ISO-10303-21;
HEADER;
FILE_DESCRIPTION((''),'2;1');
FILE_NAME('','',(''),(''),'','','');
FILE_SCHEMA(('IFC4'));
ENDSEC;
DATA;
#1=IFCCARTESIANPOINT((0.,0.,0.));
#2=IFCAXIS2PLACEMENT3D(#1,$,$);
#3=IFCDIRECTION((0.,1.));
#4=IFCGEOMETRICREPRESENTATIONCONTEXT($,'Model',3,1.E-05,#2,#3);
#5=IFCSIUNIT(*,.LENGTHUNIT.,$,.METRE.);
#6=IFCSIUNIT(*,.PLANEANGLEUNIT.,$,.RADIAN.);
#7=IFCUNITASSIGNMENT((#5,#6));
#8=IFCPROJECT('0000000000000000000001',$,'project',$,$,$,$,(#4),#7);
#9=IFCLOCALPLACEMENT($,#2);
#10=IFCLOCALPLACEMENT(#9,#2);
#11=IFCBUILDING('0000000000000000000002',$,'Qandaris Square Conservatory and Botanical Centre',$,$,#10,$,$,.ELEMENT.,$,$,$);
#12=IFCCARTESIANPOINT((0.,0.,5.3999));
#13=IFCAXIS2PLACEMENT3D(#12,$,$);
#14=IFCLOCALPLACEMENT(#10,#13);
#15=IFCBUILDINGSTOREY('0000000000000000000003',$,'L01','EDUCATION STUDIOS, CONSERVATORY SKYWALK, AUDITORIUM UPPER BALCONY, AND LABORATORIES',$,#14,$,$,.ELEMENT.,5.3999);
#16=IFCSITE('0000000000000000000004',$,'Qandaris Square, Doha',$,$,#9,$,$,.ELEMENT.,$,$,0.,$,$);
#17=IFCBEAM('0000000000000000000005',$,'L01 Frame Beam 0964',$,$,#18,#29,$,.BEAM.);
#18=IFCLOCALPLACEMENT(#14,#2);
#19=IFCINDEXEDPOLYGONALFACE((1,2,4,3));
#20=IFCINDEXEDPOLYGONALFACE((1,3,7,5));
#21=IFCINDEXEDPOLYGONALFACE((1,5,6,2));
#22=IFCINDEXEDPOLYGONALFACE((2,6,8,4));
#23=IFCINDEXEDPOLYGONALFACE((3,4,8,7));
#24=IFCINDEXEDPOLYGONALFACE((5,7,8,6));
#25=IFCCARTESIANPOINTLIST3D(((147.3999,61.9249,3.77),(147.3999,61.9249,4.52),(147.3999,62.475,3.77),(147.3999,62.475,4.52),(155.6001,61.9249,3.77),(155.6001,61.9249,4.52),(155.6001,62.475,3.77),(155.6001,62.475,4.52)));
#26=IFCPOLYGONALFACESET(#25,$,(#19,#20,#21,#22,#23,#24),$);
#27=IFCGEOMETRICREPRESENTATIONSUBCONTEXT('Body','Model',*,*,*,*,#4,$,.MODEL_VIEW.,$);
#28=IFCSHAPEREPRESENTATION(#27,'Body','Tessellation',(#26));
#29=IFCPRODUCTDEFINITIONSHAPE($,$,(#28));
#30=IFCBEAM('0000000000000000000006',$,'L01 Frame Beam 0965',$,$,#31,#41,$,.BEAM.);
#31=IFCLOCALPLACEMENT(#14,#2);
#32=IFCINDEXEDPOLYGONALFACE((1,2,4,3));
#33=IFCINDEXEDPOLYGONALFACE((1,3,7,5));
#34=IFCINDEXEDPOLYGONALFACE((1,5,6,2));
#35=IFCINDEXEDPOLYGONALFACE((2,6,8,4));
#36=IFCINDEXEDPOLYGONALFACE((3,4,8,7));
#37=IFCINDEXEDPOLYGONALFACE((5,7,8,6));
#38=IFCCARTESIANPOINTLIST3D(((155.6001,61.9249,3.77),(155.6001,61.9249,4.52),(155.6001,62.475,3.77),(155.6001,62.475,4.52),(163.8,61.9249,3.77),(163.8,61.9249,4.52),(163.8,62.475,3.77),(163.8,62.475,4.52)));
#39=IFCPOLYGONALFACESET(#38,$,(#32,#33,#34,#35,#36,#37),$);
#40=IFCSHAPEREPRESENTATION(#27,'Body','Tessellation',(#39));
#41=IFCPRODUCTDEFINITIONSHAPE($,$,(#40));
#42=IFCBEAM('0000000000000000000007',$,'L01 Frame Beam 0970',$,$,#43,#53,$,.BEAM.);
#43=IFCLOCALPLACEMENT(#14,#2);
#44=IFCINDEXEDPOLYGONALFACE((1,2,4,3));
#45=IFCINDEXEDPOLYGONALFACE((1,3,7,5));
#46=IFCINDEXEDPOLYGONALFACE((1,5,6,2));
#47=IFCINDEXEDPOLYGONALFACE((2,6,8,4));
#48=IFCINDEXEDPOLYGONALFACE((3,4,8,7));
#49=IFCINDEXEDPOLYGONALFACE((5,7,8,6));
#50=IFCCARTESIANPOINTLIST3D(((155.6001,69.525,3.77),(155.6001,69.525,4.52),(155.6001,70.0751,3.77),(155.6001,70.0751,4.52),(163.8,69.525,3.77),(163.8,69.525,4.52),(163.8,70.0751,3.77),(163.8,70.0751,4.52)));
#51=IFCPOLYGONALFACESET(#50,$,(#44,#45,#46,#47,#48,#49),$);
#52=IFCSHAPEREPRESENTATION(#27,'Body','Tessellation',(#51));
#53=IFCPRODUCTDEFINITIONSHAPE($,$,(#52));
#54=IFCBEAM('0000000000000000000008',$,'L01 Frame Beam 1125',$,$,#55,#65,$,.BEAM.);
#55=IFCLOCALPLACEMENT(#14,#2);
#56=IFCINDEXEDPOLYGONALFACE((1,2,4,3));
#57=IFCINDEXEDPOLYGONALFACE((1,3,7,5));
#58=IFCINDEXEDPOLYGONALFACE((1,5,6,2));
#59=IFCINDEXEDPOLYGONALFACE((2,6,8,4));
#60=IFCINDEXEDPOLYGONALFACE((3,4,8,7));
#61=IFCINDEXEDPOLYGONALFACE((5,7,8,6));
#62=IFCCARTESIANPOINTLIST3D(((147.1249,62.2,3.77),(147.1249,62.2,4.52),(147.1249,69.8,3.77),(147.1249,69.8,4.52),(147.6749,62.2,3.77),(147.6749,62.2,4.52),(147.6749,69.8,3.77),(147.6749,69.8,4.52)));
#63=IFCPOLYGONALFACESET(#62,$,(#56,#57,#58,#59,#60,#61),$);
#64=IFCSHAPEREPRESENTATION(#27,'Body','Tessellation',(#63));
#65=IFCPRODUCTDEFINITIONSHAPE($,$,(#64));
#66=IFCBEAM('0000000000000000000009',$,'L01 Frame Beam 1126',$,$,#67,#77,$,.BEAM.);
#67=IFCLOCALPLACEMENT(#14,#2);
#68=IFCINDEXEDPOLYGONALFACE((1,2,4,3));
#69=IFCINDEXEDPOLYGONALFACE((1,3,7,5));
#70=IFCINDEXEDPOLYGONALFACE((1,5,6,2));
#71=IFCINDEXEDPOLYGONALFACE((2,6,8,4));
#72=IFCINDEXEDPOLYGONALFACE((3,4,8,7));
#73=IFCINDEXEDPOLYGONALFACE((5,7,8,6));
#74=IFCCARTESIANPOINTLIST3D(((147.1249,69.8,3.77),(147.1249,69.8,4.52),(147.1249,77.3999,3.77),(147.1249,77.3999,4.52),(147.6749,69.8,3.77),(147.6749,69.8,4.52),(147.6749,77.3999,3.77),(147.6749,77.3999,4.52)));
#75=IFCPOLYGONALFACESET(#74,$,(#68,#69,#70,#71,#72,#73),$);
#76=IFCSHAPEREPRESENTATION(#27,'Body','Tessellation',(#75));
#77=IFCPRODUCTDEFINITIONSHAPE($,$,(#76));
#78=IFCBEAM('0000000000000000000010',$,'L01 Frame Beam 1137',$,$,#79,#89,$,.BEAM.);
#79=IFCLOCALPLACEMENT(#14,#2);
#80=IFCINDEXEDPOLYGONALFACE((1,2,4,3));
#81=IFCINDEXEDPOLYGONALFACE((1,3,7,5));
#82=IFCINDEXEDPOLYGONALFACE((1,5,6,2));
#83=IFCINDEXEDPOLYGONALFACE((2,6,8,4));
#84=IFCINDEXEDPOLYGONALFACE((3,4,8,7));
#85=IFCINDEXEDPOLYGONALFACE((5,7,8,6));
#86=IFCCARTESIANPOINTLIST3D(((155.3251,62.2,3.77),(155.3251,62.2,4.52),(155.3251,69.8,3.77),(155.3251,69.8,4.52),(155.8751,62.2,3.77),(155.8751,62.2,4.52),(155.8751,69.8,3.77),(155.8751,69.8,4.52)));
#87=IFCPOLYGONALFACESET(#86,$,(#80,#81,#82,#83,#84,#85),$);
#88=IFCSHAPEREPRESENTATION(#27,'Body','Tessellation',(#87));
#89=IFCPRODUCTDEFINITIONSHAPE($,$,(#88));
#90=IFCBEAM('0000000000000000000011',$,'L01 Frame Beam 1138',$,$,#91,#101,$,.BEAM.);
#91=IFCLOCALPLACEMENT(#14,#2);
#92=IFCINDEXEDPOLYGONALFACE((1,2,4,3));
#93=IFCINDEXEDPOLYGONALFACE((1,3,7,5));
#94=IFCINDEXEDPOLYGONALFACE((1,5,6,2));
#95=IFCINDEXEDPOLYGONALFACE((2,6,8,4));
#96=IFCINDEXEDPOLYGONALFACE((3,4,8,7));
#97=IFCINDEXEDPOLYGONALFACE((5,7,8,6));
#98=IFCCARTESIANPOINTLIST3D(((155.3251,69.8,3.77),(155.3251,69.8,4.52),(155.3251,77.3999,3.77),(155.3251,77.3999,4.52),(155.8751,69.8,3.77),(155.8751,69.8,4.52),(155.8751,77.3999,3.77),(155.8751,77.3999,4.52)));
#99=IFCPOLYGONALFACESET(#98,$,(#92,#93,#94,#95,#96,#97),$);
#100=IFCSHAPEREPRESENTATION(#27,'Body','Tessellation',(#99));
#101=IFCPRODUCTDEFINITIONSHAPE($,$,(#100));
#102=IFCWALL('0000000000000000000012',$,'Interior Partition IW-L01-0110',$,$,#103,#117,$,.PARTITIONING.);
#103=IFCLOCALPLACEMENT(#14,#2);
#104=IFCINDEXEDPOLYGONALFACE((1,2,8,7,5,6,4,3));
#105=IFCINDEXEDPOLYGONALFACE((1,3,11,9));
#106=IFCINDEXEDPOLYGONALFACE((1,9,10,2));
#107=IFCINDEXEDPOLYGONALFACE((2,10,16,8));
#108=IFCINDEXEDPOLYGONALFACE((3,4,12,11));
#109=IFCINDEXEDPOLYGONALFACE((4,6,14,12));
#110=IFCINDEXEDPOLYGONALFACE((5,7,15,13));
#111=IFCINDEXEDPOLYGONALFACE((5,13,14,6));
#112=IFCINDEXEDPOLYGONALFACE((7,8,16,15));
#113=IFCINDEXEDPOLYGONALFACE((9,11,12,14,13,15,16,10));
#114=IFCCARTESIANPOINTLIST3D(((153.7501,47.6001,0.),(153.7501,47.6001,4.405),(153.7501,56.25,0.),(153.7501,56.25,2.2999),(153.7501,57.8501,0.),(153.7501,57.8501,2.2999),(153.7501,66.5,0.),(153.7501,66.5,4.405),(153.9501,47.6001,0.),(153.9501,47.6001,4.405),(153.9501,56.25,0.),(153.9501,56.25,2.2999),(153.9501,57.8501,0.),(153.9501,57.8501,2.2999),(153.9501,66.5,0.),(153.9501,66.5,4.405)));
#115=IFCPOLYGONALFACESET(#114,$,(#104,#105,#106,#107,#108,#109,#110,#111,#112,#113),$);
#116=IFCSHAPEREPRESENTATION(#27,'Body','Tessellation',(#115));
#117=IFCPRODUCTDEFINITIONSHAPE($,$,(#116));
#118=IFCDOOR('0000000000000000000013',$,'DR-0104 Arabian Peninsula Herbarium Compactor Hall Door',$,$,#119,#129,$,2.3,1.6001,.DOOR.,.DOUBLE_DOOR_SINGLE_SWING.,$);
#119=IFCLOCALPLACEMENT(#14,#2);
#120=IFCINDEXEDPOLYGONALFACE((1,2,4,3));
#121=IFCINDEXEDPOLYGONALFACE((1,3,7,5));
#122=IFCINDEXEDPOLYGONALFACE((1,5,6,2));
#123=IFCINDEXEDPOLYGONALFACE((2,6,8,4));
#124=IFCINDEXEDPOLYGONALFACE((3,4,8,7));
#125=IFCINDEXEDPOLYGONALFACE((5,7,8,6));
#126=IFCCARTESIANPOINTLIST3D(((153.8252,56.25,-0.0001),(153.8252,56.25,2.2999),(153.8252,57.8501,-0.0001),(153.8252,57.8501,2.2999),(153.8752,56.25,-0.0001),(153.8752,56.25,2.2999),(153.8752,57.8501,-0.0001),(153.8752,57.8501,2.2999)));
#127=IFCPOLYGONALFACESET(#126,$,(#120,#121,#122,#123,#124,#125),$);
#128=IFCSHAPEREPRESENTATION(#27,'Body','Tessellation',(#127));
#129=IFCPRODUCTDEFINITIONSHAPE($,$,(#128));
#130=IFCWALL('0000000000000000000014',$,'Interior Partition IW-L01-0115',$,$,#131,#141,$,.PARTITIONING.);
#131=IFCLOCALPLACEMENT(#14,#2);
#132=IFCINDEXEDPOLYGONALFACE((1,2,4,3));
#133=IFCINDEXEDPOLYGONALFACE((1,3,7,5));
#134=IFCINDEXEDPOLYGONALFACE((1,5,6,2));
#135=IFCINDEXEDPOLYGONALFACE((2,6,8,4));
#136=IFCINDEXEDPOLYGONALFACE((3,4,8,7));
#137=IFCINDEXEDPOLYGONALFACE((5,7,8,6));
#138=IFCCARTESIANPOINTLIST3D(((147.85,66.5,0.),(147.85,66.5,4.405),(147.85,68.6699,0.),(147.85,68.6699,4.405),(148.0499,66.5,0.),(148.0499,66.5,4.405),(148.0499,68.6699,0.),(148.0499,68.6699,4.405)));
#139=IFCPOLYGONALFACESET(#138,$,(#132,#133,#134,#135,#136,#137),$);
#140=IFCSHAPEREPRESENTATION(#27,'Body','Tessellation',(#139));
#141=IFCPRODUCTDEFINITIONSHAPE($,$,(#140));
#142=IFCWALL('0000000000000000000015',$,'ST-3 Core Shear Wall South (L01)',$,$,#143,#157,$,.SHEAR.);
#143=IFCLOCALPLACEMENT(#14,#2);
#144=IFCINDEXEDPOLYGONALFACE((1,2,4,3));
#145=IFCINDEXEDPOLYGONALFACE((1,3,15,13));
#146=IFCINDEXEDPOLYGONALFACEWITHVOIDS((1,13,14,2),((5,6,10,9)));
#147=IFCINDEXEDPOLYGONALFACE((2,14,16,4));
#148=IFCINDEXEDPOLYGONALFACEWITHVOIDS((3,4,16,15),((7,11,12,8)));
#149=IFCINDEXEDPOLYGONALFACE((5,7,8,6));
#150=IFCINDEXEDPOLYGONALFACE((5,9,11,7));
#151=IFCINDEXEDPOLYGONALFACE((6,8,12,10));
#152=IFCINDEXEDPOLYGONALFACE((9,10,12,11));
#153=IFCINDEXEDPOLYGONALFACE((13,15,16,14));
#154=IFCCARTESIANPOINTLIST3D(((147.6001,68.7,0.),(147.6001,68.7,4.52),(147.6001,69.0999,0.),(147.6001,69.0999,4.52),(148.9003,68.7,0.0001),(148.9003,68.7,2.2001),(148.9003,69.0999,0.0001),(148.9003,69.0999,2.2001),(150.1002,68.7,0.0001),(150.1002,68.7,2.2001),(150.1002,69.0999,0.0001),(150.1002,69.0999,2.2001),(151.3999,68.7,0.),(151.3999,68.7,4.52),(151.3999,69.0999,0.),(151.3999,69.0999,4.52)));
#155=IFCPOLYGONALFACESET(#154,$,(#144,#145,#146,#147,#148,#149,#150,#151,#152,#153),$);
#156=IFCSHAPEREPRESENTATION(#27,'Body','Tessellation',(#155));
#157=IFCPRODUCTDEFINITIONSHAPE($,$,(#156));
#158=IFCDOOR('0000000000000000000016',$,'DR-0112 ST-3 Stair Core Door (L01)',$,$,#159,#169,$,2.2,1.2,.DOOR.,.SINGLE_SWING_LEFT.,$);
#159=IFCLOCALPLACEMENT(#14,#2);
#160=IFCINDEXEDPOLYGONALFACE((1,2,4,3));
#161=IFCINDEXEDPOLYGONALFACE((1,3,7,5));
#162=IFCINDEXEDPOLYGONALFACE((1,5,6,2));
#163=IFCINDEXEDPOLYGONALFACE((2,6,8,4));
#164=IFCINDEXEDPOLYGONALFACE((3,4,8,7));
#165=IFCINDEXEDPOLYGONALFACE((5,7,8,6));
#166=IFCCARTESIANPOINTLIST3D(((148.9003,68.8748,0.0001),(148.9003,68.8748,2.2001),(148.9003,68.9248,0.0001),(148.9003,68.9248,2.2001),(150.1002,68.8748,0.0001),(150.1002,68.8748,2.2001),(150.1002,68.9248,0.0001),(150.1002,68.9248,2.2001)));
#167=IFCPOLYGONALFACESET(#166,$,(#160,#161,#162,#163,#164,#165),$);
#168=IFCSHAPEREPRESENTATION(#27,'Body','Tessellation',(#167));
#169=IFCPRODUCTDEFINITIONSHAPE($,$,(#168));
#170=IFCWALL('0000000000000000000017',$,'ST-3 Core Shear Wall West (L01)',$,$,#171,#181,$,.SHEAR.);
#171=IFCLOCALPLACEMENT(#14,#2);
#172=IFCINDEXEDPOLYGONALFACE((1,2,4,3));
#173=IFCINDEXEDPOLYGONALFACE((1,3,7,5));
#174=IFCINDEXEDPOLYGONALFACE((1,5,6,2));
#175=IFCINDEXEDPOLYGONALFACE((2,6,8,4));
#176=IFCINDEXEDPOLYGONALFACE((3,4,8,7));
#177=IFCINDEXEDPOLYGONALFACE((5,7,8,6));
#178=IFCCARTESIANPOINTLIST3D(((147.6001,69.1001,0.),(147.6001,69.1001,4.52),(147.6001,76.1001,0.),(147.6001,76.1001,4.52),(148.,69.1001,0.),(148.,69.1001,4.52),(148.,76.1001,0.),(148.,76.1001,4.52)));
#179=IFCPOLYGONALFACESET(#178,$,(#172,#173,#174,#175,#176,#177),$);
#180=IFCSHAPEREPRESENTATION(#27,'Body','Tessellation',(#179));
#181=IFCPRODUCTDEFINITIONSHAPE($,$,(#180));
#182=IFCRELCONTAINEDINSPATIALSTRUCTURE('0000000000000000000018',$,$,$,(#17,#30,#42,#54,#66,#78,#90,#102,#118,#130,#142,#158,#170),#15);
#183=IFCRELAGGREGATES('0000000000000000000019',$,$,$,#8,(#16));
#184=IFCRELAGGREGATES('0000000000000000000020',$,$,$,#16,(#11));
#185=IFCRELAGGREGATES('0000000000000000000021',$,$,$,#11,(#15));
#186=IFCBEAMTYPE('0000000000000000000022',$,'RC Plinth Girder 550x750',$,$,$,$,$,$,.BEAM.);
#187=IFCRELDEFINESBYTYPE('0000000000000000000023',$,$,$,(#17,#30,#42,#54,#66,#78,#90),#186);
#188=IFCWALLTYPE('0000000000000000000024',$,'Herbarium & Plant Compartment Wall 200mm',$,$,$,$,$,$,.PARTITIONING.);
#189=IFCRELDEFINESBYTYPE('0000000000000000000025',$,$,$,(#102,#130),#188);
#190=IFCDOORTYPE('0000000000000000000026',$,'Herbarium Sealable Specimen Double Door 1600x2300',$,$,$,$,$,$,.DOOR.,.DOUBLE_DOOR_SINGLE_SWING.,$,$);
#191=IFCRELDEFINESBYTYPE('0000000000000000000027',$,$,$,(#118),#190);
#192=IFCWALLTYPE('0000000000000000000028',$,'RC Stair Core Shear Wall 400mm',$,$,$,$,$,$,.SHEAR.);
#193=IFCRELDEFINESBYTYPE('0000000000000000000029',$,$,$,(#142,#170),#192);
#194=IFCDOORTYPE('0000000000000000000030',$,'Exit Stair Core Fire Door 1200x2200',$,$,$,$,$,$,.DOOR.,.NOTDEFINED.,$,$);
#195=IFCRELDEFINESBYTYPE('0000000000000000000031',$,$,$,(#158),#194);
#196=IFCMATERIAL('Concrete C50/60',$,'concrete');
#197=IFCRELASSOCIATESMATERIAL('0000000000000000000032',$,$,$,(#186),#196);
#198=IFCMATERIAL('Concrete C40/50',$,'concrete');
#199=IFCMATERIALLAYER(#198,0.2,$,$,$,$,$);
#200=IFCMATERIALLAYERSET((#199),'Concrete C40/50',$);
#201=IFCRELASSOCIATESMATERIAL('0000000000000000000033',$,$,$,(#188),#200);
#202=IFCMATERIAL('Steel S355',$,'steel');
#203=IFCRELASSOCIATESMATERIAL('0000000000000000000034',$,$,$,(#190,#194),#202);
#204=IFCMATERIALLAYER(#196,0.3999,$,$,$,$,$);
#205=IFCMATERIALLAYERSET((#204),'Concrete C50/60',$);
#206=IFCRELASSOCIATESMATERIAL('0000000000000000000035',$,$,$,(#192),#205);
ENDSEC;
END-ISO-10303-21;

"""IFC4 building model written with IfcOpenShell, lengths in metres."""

from ifc_helpers import new_model, si_unit, direction, frame, frame_2d, origin, origin_2d, place, context, subcontext, project, spatial, rectangle, extrude, material, layer, layer_set, material_profile, profile_set, type_object, element, fill, save


model = new_model("IFC4")

# Units and contexts
model_context = context("Model", 3, precision=1e-05, world=origin(), true_north=direction((0.0, 1.0)))
body_context = subcontext(model_context, "Body", "Model", "MODEL_VIEW")
ifc_project = project(units=[si_unit("LENGTHUNIT", "METRE"), si_unit("PLANEANGLEUNIT", "RADIAN")], contexts=[model_context])

# Site, building, storey
site_placement = place(None, origin())
site = spatial("IfcSite", under=ifc_project, at=site_placement, Name="Qandaris Square, Doha", CompositionType="ELEMENT", RefElevation=0.0)
building_placement = place(site_placement, origin())
building = spatial("IfcBuilding", under=site, at=building_placement, Name="Qandaris Square Conservatory and Botanical Centre", CompositionType="ELEMENT")
storey_placement = place(building_placement, frame((0.0, 0.0, 5.3999)))
storey = spatial("IfcBuildingStorey", under=building, at=storey_placement, Name="L01", Description="EDUCATION STUDIOS, CONSERVATORY SKYWALK, AUDITORIUM UPPER BALCONY, AND LABORATORIES", CompositionType="ELEMENT", Elevation=5.3999)

# Shared definitions
ifc_material_1 = material(Name="Concrete C50/60", Category="concrete")

# Beams
ifc_material_2 = material(Name="Steel S355", Category="steel")
ifc_material_profile_1 = material_profile(ifc_material_1, rectangle(XDim=0.55, YDim=0.75, at=origin_2d()), Name="RC-BM 550x750")
ifc_profile_set_1 = profile_set([ifc_material_profile_1], Name="Concrete C50/60")
beam_type_1 = type_object("IfcBeamType", Name="RC Plinth Girder 550x750", PredefinedType="BEAM", material=ifc_profile_set_1)
beam_1_placement = place(storey_placement, frame((147.3999, 62.2, 4.145), z_axis=(1.0, 0.0, 0.0), x_axis=(0.0, 1.0, 0.0)))
element("IfcBeam", 1, at=beam_1_placement, inside=storey, type_object=beam_type_1, Name="L01 Frame Beam 0964", PredefinedType="BEAM", context=body_context, shape_type="SweptSolid", body=[
    extrude(rectangle(XDim=0.55, YDim=0.75, at=origin_2d()), origin(), (0.0, 0.0, 1.0), 8.2002),
])
for number, where, z_axis, x_axis, name in (
    (2, (155.6001, 62.2, 4.145), (1.0, 0.0, 0.0), (0.0, 1.0, 0.0), "L01 Frame Beam 0965"),
    (3, (155.6001, 69.8, 4.145), (1.0, 0.0, 0.0), (0.0, 1.0, 0.0), "L01 Frame Beam 0970"),
):
    element("IfcBeam", number, at=place(storey_placement, frame(where, z_axis=z_axis, x_axis=x_axis)), inside=storey, type_object=beam_type_1, Name=name, PredefinedType="BEAM", context=body_context, shape_type="SweptSolid", body=[
        extrude(rectangle(XDim=0.55, YDim=0.75, at=origin_2d()), origin(), (0.0, 0.0, 1.0), 8.2),
    ])
beam_2_placement = place(storey_placement, frame((147.3999, 62.2, 4.145), z_axis=(0.0, 1.0, 0.0), x_axis=(-1.0, 0.0, 0.0)))
element("IfcBeam", 4, at=beam_2_placement, inside=storey, type_object=beam_type_1, Name="L01 Frame Beam 1125", PredefinedType="BEAM", context=body_context, shape_type="SweptSolid", body=[
    extrude(rectangle(XDim=0.55, YDim=0.75, at=origin_2d()), origin(), (0.0, 0.0, 1.0), 7.6001),
])
beam_3_placement = place(storey_placement, frame((147.3999, 69.8, 4.145), z_axis=(0.0, 1.0, 0.0), x_axis=(-1.0, 0.0, 0.0)))
element("IfcBeam", 5, at=beam_3_placement, inside=storey, type_object=beam_type_1, Name="L01 Frame Beam 1126", PredefinedType="BEAM", context=body_context, shape_type="SweptSolid", body=[
    extrude(rectangle(XDim=0.55, YDim=0.75, at=origin_2d()), origin(), (0.0, 0.0, 1.0), 7.5999),
])
beam_4_placement = place(storey_placement, frame((155.6001, 62.2, 4.145), z_axis=(0.0, 1.0, 0.0), x_axis=(-1.0, 0.0, 0.0)))
element("IfcBeam", 6, at=beam_4_placement, inside=storey, type_object=beam_type_1, Name="L01 Frame Beam 1137", PredefinedType="BEAM", context=body_context, shape_type="SweptSolid", body=[
    extrude(rectangle(XDim=0.55, YDim=0.75, at=origin_2d()), origin(), (0.0, 0.0, 1.0), 7.6001),
])
beam_5_placement = place(storey_placement, frame((155.6001, 69.8, 4.145), z_axis=(0.0, 1.0, 0.0), x_axis=(-1.0, 0.0, 0.0)))
element("IfcBeam", 7, at=beam_5_placement, inside=storey, type_object=beam_type_1, Name="L01 Frame Beam 1138", PredefinedType="BEAM", context=body_context, shape_type="SweptSolid", body=[
    extrude(rectangle(XDim=0.55, YDim=0.75, at=origin_2d()), origin(), (0.0, 0.0, 1.0), 7.5999),
])

# Wall, opening, door
ifc_material_3 = material(Name="Concrete C40/50", Category="concrete")
ifc_layer_1 = layer(ifc_material_3, 0.2)
ifc_layer_set_1 = layer_set([ifc_layer_1], Name="Concrete C40/50")
wall_type_1 = type_object("IfcWallType", Name="Herbarium & Plant Compartment Wall 200mm", PredefinedType="PARTITIONING", material=ifc_layer_set_1)
wall_1_placement = place(storey_placement, frame((153.8501, 66.5, 0.0), z_axis=(0.0, 0.0, 1.0), x_axis=(0.0, -1.0, 0.0)))
wall_1 = element("IfcWall", 8, at=wall_1_placement, inside=storey, type_object=wall_type_1, Name="Interior Partition IW-L01-0110", PredefinedType="PARTITIONING", context=body_context, shape_type="SweptSolid", body=[
    extrude(rectangle(XDim=18.8999, YDim=0.2, at=frame_2d((9.45, 0.0))), origin(), (0.0, 0.0, 1.0), 4.405),
])
opening_1_placement = place(wall_1_placement, frame((8.6499, 0.0, 0.0)))
opening_1 = element("IfcOpeningElement", 9, at=opening_1_placement, cuts=wall_1, PredefinedType="OPENING", context=body_context, shape_type="SweptSolid", body=[
    extrude(rectangle(XDim=1.6001, YDim=2.3, at=frame_2d((0.8, 1.1499))), frame((0.0, 0.1118, 0.0), z_axis=(0.0, -1.0, 0.0), x_axis=(1.0, 0.0, 0.0)), (0.0, 0.0, 1.0), 0.2239),
])
door_type_1 = type_object("IfcDoorType", Name="Herbarium Sealable Specimen Double Door 1600x2300", OperationType="DOUBLE_DOOR_SINGLE_SWING", PredefinedType="DOOR", material=ifc_material_2)
door_1_placement = place(opening_1_placement, frame((1.6001, 0.0, 0.0), z_axis=(0.0, 0.0, 1.0), x_axis=(-1.0, 0.0, 0.0)))
door_1 = element("IfcDoor", 10, at=door_1_placement, inside=storey, type_object=door_type_1, Name="DR-0104 Arabian Peninsula Herbarium Compactor Hall Door", OperationType="DOUBLE_DOOR_SINGLE_SWING", OverallHeight=2.3, OverallWidth=1.6001, PredefinedType="DOOR", context=body_context, shape_type="SweptSolid", body=[
    extrude(rectangle(XDim=1.6001, YDim=2.3, at=frame_2d((0.8, 1.1499))), frame((0.0, 0.0249, 0.0), z_axis=(0.0, -1.0, 0.0), x_axis=(1.0, 0.0, 0.0)), (0.0, 0.0, 1.0), 0.05),
])
fill(opening_1, door_1)

# Wall
wall_2_placement = place(storey_placement, frame((147.95, 66.5, 0.0), z_axis=(0.0, 0.0, 1.0), x_axis=(0.0, 1.0, 0.0)))
element("IfcWall", 11, at=wall_2_placement, inside=storey, type_object=wall_type_1, Name="Interior Partition IW-L01-0115", PredefinedType="PARTITIONING", context=body_context, shape_type="SweptSolid", body=[
    extrude(rectangle(XDim=2.1699, YDim=0.2, at=frame_2d((1.085, 0.0))), origin(), (0.0, 0.0, 1.0), 4.405),
])

# Wall, opening, door
ifc_layer_2 = layer(ifc_material_1, 0.3999)
ifc_layer_set_2 = layer_set([ifc_layer_2], Name="Concrete C50/60")
wall_type_2 = type_object("IfcWallType", Name="RC Stair Core Shear Wall 400mm", PredefinedType="SHEAR", material=ifc_layer_set_2)
wall_3_placement = place(storey_placement, frame((147.6001, 68.8999, 0.0), z_axis=(0.0, 0.0, 1.0), x_axis=(1.0, 0.0, 0.0)))
wall_3 = element("IfcWall", 12, at=wall_3_placement, inside=storey, type_object=wall_type_2, Name="ST-3 Core Shear Wall South (L01)", PredefinedType="SHEAR", context=body_context, shape_type="SweptSolid", body=[
    extrude(rectangle(XDim=3.7998, YDim=0.3999, at=frame_2d((1.8999, 0.0))), origin(), (0.0, 0.0, 1.0), 4.52),
])
opening_2_placement = place(wall_3_placement, frame((1.3, 0.0, 0.0)))
opening_2 = element("IfcOpeningElement", 13, at=opening_2_placement, cuts=wall_3, PredefinedType="OPENING", context=body_context, shape_type="SweptSolid", body=[
    extrude(rectangle(XDim=1.2, YDim=2.2, at=frame_2d((0.6001, 1.1001))), frame((0.0, 0.2119, 0.0), z_axis=(0.0, -1.0, 0.0), x_axis=(1.0, 0.0, 0.0)), (0.0, 0.0, 1.0), 0.4238),
])
door_type_2 = type_object("IfcDoorType", Name="Exit Stair Core Fire Door 1200x2200", OperationType="NOTDEFINED", PredefinedType="DOOR", material=ifc_material_2)
door_2_placement = place(opening_2_placement, origin())
door_2 = element("IfcDoor", 14, at=door_2_placement, inside=storey, type_object=door_type_2, Name="DR-0112 ST-3 Stair Core Door (L01)", OperationType="SINGLE_SWING_LEFT", OverallHeight=2.2, OverallWidth=1.2, PredefinedType="DOOR", context=body_context, shape_type="SweptSolid", body=[
    extrude(rectangle(XDim=1.2, YDim=2.2, at=frame_2d((0.6001, 1.1001))), frame((0.0, 0.0249, 0.0), z_axis=(0.0, -1.0, 0.0), x_axis=(1.0, 0.0, 0.0)), (0.0, 0.0, 1.0), 0.05),
])
fill(opening_2, door_2)

# Wall
for number, where, z_axis, x_axis, name in (
    (15, (147.8, 69.1001, 0.0), (0.0, 0.0, 1.0), (0.0, 1.0, 0.0), "ST-3 Core Shear Wall West (L01)"),
):
    element("IfcWall", number, at=place(storey_placement, frame(where, z_axis=z_axis, x_axis=x_axis)), inside=storey, type_object=wall_type_2, Name=name, PredefinedType="SHEAR", context=body_context, shape_type="SweptSolid", body=[
        extrude(rectangle(XDim=7.0, YDim=0.3999, at=frame_2d((3.5, 0.0))), origin(), (0.0, 0.0, 1.0), 4.52),
    ])

save(model, "model.ifc")
